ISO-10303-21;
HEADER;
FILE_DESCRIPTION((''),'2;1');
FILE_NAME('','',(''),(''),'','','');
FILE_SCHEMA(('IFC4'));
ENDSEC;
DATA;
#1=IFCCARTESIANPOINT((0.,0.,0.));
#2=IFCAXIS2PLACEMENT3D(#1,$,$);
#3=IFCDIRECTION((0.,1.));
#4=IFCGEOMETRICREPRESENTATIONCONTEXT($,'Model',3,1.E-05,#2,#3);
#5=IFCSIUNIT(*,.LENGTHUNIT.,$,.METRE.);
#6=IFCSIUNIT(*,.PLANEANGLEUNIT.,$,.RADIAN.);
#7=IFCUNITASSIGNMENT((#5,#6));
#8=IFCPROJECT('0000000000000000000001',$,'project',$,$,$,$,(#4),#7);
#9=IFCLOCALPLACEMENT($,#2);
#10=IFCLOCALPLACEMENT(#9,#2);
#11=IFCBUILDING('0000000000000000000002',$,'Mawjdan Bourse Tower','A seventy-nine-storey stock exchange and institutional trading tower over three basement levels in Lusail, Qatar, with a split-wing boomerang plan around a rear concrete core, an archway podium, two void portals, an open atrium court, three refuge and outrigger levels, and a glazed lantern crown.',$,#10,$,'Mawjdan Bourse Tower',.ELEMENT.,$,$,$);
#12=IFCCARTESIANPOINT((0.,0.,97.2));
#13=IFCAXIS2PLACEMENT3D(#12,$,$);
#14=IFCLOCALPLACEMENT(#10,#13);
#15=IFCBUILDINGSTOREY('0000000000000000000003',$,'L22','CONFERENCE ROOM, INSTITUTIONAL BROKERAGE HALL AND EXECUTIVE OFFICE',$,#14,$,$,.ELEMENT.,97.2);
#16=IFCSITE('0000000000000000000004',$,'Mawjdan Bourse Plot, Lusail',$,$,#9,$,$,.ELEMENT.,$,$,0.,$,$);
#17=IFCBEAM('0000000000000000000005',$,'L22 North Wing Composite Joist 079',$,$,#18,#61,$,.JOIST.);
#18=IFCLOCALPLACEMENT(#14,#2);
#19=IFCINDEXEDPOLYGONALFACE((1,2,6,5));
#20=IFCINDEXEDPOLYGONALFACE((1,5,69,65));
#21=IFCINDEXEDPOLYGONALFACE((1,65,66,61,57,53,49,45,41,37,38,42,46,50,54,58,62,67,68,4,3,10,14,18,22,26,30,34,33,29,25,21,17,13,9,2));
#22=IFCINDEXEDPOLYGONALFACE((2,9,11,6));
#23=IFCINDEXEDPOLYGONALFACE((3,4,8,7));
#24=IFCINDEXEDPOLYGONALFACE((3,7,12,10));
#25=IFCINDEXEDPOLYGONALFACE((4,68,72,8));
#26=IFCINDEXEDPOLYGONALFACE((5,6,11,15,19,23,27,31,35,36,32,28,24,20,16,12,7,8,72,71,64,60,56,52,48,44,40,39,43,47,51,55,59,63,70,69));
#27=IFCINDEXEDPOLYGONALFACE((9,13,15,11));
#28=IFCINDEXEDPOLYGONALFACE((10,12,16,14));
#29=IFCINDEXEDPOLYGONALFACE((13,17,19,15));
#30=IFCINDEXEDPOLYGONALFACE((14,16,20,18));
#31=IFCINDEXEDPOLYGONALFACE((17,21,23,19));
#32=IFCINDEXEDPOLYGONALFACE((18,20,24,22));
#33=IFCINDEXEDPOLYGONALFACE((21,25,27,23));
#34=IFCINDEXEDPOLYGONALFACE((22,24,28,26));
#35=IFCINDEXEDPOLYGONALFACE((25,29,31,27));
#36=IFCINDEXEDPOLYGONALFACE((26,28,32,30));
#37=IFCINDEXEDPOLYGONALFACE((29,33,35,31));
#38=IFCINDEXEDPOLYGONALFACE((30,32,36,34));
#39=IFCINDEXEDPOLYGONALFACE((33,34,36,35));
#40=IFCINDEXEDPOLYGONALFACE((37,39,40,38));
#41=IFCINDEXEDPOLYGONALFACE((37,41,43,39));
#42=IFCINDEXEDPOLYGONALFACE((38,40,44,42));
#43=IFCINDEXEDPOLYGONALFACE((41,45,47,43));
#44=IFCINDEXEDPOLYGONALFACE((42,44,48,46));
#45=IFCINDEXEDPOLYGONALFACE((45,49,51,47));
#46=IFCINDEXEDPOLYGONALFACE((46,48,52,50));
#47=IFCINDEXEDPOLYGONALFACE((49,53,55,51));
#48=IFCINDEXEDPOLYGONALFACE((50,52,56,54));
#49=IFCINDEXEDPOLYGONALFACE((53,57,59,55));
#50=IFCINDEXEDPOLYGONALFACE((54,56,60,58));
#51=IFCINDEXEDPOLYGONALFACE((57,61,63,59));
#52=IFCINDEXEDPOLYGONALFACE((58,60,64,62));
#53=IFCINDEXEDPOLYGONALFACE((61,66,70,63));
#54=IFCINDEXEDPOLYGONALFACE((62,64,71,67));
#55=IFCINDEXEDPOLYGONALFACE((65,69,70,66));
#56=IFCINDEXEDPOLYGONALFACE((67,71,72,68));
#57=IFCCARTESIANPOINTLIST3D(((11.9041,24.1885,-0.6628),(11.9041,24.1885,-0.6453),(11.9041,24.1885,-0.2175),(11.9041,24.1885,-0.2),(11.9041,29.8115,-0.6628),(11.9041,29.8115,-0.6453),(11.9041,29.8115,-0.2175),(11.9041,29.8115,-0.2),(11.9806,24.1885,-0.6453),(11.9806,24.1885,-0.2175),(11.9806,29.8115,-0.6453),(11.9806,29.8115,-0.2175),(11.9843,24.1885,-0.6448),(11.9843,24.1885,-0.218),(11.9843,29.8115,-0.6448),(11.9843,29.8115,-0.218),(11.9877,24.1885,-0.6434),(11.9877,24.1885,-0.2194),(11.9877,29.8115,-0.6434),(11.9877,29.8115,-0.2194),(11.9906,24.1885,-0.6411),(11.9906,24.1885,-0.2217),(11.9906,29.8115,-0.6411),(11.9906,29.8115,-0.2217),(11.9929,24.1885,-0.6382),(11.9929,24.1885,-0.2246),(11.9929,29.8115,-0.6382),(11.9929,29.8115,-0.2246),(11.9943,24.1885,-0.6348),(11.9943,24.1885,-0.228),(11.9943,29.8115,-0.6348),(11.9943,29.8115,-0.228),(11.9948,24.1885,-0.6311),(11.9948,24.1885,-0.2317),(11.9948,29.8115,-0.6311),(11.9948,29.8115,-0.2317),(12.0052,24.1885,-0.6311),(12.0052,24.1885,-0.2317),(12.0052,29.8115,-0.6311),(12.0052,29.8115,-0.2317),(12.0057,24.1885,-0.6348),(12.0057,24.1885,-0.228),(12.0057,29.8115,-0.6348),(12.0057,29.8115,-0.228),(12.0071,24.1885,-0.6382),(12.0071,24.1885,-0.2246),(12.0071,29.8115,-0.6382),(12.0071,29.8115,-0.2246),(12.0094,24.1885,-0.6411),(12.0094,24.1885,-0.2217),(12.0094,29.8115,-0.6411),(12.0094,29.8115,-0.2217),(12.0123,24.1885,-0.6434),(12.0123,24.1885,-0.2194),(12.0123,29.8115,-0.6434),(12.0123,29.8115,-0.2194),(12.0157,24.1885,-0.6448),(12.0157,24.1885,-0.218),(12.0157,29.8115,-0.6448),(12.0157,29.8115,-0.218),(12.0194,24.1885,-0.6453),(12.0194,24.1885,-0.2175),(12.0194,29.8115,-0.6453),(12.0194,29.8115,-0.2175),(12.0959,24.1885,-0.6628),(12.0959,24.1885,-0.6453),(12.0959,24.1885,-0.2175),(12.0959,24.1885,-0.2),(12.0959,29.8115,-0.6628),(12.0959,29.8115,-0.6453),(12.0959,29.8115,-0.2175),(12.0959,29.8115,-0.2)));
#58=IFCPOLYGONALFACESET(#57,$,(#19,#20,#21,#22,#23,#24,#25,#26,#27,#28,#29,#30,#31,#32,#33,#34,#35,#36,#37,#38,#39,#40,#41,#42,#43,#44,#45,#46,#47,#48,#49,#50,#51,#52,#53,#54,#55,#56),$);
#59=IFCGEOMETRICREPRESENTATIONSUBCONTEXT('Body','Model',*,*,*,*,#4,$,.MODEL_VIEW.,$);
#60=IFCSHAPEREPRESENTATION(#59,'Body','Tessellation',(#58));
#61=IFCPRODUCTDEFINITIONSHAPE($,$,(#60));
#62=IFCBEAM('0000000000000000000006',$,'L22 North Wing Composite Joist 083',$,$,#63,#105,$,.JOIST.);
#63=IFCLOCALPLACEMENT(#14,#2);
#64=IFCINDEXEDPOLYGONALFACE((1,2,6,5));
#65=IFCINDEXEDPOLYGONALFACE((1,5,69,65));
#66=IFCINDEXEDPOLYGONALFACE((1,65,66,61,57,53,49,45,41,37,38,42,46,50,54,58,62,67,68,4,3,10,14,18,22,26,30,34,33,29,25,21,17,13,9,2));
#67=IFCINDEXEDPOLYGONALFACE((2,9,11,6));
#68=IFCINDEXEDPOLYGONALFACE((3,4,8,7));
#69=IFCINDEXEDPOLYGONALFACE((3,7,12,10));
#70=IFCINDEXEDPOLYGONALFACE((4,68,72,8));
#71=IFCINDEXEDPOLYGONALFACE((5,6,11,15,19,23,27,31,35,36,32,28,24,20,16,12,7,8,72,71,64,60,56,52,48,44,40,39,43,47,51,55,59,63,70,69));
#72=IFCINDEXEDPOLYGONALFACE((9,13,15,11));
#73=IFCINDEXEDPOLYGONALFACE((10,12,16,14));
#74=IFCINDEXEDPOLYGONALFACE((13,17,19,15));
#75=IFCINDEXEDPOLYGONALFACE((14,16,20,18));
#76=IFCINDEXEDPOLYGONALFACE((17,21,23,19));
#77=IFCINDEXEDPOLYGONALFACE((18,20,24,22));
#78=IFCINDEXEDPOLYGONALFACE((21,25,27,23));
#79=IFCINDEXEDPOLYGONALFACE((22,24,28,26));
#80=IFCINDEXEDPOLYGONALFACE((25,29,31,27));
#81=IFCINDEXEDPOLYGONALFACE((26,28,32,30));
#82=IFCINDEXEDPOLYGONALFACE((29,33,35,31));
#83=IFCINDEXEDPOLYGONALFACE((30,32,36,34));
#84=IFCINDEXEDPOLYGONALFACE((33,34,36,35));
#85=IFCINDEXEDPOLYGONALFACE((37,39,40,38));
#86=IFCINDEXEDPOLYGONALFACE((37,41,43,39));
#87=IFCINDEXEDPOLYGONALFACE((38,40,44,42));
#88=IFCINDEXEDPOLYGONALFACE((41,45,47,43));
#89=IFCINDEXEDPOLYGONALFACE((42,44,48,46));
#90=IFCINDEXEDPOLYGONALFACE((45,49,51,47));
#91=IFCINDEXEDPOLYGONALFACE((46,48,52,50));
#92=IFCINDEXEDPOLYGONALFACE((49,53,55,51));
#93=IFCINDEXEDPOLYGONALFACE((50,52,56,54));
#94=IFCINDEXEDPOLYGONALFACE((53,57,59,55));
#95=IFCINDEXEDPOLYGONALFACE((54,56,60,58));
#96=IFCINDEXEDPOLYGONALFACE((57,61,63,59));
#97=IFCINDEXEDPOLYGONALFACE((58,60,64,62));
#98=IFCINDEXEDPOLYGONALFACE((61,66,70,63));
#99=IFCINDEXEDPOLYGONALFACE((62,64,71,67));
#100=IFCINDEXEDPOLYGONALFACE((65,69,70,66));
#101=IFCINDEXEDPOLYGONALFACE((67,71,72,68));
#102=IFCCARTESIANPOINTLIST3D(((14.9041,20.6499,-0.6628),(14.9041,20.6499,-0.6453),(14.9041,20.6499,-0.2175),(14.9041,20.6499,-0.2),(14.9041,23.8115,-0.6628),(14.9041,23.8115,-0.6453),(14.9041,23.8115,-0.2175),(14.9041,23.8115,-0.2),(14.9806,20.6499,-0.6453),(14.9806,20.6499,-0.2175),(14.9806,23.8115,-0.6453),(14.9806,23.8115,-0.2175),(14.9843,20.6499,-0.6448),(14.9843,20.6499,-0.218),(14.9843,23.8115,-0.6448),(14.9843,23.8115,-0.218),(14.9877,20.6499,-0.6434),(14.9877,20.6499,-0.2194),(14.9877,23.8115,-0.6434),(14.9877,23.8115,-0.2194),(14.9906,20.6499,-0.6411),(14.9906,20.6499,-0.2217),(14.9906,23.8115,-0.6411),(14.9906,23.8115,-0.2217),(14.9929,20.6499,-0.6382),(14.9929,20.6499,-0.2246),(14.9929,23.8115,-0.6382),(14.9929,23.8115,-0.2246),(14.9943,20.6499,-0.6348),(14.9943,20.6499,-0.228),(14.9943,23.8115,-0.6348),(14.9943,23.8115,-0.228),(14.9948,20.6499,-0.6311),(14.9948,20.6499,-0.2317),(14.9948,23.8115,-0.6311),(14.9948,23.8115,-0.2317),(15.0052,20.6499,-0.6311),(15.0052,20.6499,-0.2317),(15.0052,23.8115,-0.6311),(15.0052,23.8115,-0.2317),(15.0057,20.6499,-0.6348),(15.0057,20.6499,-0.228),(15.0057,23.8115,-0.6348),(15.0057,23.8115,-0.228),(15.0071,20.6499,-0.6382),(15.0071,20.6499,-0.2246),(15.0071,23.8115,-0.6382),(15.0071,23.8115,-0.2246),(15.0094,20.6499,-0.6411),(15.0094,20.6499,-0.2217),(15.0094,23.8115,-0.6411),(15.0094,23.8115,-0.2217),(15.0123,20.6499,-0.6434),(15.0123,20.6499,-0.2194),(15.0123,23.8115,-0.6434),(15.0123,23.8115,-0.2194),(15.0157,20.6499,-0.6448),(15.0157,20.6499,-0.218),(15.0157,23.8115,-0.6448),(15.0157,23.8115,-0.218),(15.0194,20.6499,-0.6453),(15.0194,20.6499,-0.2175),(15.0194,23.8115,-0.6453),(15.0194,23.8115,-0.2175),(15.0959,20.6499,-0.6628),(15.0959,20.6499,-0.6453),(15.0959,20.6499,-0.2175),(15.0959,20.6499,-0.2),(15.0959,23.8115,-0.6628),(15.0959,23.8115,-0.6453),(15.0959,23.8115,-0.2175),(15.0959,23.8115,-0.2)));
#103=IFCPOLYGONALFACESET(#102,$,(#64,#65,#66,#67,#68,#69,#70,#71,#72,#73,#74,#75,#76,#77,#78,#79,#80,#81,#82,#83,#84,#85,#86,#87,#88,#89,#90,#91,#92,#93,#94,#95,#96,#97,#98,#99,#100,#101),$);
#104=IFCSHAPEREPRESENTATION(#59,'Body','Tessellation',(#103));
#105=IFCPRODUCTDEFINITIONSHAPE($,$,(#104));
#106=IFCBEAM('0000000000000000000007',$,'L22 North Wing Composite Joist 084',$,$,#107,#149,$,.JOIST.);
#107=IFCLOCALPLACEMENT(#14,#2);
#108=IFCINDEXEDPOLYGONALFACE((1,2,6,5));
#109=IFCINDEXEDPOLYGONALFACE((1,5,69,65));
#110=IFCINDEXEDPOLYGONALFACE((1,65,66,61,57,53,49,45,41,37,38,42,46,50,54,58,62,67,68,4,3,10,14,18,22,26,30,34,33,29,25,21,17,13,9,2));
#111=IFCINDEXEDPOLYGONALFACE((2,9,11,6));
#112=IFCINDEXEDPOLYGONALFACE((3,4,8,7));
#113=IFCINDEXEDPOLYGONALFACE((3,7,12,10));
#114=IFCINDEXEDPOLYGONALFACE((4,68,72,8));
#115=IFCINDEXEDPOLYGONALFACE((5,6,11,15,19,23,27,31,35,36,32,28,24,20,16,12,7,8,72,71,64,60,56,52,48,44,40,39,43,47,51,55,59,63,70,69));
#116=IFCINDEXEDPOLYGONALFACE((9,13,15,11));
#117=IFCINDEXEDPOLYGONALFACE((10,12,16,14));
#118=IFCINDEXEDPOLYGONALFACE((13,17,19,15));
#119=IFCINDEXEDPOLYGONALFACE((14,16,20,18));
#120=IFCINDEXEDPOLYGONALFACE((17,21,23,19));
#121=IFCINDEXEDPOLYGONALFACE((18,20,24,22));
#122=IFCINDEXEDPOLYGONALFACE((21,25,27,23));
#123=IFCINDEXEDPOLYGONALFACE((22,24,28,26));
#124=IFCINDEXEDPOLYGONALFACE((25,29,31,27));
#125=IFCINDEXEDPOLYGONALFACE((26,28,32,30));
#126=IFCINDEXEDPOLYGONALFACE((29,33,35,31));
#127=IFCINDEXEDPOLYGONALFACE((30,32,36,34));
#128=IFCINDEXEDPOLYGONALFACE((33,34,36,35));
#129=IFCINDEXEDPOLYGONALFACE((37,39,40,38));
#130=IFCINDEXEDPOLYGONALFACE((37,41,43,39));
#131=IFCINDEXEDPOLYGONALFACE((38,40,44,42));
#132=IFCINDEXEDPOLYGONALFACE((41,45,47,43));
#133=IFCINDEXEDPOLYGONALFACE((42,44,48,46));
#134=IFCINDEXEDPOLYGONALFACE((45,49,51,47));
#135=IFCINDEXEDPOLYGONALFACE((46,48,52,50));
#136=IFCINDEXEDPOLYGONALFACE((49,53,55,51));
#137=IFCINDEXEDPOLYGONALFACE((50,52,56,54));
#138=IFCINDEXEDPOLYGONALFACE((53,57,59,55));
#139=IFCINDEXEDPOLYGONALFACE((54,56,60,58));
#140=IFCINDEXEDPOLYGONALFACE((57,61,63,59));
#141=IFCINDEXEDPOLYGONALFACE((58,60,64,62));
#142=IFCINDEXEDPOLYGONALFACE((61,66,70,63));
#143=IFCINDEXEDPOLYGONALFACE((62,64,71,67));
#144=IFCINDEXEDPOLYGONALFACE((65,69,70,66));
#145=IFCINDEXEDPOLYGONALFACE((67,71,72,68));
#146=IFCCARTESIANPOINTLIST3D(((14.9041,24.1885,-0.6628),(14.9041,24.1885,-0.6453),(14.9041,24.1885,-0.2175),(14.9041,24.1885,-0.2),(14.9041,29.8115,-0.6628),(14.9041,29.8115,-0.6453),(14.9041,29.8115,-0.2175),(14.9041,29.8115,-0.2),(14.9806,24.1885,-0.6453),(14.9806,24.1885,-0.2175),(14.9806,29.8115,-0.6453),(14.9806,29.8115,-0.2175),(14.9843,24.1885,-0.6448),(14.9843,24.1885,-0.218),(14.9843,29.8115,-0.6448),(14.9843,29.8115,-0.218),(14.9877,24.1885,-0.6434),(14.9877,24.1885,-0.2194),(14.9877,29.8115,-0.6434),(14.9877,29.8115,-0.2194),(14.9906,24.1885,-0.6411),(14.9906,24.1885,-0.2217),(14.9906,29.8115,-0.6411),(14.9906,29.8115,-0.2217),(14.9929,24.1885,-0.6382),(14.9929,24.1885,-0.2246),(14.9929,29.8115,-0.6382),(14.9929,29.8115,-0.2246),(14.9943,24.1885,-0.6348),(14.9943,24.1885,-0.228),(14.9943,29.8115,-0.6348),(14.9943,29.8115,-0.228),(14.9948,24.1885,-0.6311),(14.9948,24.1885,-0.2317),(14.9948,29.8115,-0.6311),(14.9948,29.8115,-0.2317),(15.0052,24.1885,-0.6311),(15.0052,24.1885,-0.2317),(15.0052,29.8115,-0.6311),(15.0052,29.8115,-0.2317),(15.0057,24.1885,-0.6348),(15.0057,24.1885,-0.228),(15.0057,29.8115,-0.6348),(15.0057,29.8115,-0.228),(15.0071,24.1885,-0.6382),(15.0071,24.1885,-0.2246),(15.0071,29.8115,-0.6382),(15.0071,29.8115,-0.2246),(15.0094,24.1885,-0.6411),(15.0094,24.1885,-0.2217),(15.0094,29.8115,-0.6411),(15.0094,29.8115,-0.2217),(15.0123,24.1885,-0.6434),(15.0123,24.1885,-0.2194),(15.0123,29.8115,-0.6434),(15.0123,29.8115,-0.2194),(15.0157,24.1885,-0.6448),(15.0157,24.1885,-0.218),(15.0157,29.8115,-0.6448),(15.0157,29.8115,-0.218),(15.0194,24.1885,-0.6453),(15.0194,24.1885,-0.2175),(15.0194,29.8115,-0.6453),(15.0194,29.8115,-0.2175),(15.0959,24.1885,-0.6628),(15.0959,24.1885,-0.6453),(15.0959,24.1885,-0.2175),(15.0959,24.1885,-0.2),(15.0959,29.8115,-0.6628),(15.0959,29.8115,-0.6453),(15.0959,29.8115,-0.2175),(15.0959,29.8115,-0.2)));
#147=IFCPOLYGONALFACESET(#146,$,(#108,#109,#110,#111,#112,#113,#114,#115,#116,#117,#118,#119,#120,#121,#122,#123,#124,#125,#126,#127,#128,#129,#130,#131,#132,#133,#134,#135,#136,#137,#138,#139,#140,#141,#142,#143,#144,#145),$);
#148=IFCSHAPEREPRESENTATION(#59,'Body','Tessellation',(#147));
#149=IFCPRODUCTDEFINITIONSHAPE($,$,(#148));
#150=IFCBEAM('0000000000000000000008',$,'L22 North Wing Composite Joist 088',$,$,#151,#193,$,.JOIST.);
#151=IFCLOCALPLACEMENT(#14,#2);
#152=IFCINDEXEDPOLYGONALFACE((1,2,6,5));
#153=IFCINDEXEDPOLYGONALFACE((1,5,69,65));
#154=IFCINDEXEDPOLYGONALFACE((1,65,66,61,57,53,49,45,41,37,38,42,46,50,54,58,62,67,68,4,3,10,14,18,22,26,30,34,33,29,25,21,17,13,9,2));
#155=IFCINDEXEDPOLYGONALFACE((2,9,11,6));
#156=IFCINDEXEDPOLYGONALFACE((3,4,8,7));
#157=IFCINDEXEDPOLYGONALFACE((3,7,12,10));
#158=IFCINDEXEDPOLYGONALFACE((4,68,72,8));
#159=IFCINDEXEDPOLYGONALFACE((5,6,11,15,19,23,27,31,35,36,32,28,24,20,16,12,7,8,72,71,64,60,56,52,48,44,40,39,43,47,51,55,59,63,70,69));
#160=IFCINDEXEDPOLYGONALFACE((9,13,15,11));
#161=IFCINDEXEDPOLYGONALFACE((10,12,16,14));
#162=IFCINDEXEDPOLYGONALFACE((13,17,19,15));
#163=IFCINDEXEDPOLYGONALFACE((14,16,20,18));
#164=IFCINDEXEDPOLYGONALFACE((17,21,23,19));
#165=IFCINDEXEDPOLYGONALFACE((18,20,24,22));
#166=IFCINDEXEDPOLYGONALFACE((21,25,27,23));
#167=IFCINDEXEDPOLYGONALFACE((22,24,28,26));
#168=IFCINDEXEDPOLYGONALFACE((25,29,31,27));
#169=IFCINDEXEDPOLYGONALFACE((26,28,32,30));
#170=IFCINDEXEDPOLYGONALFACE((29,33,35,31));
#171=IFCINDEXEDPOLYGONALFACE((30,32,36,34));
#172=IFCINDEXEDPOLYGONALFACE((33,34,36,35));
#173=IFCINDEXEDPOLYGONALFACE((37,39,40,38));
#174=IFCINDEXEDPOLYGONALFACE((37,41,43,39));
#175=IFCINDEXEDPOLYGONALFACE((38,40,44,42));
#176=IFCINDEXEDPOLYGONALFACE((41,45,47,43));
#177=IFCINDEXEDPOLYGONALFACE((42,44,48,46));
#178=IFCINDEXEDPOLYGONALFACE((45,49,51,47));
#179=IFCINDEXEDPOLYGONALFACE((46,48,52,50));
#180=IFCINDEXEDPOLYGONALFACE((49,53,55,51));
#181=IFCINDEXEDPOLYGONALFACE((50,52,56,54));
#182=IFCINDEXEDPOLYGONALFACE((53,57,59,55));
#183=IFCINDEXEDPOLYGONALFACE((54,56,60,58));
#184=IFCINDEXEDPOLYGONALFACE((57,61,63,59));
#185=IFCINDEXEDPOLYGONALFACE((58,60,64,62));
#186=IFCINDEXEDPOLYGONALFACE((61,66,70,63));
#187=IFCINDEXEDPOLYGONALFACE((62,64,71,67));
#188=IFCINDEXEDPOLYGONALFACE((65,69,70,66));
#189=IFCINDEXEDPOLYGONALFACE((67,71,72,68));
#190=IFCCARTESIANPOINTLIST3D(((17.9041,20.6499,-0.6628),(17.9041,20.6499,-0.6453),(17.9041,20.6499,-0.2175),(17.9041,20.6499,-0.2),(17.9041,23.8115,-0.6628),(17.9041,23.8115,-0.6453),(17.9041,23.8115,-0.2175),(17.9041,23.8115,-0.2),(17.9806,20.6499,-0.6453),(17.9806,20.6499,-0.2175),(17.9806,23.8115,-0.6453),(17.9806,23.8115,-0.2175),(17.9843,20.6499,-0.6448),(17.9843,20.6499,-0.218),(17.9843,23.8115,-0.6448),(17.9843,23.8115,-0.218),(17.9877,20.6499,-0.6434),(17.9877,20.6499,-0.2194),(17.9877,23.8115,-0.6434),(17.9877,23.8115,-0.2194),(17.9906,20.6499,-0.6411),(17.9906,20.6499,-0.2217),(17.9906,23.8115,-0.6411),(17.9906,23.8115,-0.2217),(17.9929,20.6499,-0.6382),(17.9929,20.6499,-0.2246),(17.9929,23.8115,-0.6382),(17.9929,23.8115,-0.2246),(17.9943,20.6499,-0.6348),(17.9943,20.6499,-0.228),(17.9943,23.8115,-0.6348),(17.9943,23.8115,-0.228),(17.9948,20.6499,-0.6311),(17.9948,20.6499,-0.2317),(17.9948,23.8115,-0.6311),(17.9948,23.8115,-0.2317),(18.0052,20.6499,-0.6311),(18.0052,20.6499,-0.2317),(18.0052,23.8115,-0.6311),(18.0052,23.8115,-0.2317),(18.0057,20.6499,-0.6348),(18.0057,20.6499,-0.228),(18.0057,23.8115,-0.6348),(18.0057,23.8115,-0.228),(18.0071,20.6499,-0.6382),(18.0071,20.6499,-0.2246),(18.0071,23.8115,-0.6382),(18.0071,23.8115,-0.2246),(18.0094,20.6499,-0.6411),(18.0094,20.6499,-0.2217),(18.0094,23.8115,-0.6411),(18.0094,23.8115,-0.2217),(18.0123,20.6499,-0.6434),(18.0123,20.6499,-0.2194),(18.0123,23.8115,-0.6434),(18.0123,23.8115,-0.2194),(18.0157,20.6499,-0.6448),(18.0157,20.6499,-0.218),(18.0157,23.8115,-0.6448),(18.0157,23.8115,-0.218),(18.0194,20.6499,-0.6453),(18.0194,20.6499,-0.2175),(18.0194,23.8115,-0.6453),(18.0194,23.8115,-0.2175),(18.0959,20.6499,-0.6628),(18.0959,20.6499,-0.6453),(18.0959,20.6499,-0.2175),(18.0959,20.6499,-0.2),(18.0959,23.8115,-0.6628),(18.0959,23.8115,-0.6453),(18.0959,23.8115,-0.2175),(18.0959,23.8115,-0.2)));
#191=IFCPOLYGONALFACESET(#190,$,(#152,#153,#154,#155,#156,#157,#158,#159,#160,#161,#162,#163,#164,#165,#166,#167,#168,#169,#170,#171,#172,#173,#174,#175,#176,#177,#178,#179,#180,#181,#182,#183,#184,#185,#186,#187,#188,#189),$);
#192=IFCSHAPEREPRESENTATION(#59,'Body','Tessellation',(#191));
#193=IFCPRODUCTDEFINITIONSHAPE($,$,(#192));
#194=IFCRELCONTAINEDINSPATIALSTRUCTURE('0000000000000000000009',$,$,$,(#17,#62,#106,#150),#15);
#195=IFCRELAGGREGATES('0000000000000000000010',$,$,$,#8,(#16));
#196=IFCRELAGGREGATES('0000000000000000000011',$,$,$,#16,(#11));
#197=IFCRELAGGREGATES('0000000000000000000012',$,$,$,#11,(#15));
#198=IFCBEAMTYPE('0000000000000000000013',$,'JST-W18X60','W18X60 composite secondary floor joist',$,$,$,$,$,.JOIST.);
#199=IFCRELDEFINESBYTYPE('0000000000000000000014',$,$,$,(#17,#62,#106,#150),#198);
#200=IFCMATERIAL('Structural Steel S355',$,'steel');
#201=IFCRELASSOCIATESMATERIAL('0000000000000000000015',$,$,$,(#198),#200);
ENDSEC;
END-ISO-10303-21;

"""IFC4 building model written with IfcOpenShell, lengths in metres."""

from ifc_helpers import new_model, si_unit, direction, frame, origin, origin_2d, place, context, subcontext, project, spatial, i_section, extrude, material, material_profile, profile_set, type_object, element, save


model = new_model("IFC4")

# Units and contexts
model_context = context("Model", 3, precision=1e-05, world=origin(), true_north=direction((0.0, 1.0)))
body_context = subcontext(model_context, "Body", "Model", "MODEL_VIEW")
ifc_project = project(units=[si_unit("LENGTHUNIT", "METRE"), si_unit("PLANEANGLEUNIT", "RADIAN")], contexts=[model_context])

# Site, building, storey
site_placement = place(None, origin())
site = spatial("IfcSite", under=ifc_project, at=site_placement, Name="Mawjdan Bourse Plot, Lusail", CompositionType="ELEMENT", RefElevation=0.0)
building_placement = place(site_placement, origin())
building = spatial("IfcBuilding", under=site, at=building_placement, Name="Mawjdan Bourse Tower", Description="A seventy-nine-storey stock exchange and institutional trading tower over three basement levels in Lusail, Qatar, with a split-wing boomerang plan around a rear concrete core, an archway podium, two void portals, an open atrium court, three refuge and outrigger levels, and a glazed lantern crown.", LongName="Mawjdan Bourse Tower", CompositionType="ELEMENT")
storey_placement = place(building_placement, frame((0.0, 0.0, 97.2)))
storey = spatial("IfcBuildingStorey", under=building, at=storey_placement, Name="L22", Description="CONFERENCE ROOM, INSTITUTIONAL BROKERAGE HALL AND EXECUTIVE OFFICE", CompositionType="ELEMENT", Elevation=97.2)

# Beams
ifc_material_1 = material(Name="Structural Steel S355", Category="steel")
ifc_material_profile_1 = material_profile(ifc_material_1, i_section(OverallWidth=0.1919, OverallDepth=0.4629, WebThickness=0.0105, FlangeThickness=0.0176, FilletRadius=0.0142, at=origin_2d()), Name="W18X60")
ifc_profile_set_1 = profile_set([ifc_material_profile_1], Name="Structural Steel S355")
beam_type_1 = type_object("IfcBeamType", Name="JST-W18X60", Description="W18X60 composite secondary floor joist", PredefinedType="JOIST", material=ifc_profile_set_1)
beam_1_placement = place(storey_placement, frame((12.0, 24.1885, -0.4314), z_axis=(0.0, 1.0, 0.0), x_axis=(-1.0, 0.0, 0.0)))
element("IfcBeam", 1, at=beam_1_placement, inside=storey, type_object=beam_type_1, Name="L22 North Wing Composite Joist 079", PredefinedType="JOIST", context=body_context, shape_type="SweptSolid", body=[
    extrude(i_section(OverallWidth=0.1919, OverallDepth=0.4629, WebThickness=0.0105, FlangeThickness=0.0176, FilletRadius=0.0142, at=origin_2d()), origin(), (0.0, 0.0, 1.0), 5.623),
])
beam_2_placement = place(storey_placement, frame((15.0, 20.6499, -0.4314), z_axis=(0.0, 1.0, 0.0), x_axis=(-1.0, 0.0, 0.0)))
element("IfcBeam", 2, at=beam_2_placement, inside=storey, type_object=beam_type_1, Name="L22 North Wing Composite Joist 083", PredefinedType="JOIST", context=body_context, shape_type="SweptSolid", body=[
    extrude(i_section(OverallWidth=0.1919, OverallDepth=0.4629, WebThickness=0.0105, FlangeThickness=0.0176, FilletRadius=0.0142, at=origin_2d()), origin(), (0.0, 0.0, 1.0), 3.1616),
])
beam_3_placement = place(storey_placement, frame((15.0, 24.1885, -0.4314), z_axis=(0.0, 1.0, 0.0), x_axis=(-1.0, 0.0, 0.0)))
element("IfcBeam", 3, at=beam_3_placement, inside=storey, type_object=beam_type_1, Name="L22 North Wing Composite Joist 084", PredefinedType="JOIST", context=body_context, shape_type="SweptSolid", body=[
    extrude(i_section(OverallWidth=0.1919, OverallDepth=0.4629, WebThickness=0.0105, FlangeThickness=0.0176, FilletRadius=0.0142, at=origin_2d()), origin(), (0.0, 0.0, 1.0), 5.623),
])
beam_4_placement = place(storey_placement, frame((18.0, 20.6499, -0.4314), z_axis=(0.0, 1.0, 0.0), x_axis=(-1.0, 0.0, 0.0)))
element("IfcBeam", 4, at=beam_4_placement, inside=storey, type_object=beam_type_1, Name="L22 North Wing Composite Joist 088", PredefinedType="JOIST", context=body_context, shape_type="SweptSolid", body=[
    extrude(i_section(OverallWidth=0.1919, OverallDepth=0.4629, WebThickness=0.0105, FlangeThickness=0.0176, FilletRadius=0.0142, at=origin_2d()), origin(), (0.0, 0.0, 1.0), 3.1616),
])

save(model, "model.ifc")
